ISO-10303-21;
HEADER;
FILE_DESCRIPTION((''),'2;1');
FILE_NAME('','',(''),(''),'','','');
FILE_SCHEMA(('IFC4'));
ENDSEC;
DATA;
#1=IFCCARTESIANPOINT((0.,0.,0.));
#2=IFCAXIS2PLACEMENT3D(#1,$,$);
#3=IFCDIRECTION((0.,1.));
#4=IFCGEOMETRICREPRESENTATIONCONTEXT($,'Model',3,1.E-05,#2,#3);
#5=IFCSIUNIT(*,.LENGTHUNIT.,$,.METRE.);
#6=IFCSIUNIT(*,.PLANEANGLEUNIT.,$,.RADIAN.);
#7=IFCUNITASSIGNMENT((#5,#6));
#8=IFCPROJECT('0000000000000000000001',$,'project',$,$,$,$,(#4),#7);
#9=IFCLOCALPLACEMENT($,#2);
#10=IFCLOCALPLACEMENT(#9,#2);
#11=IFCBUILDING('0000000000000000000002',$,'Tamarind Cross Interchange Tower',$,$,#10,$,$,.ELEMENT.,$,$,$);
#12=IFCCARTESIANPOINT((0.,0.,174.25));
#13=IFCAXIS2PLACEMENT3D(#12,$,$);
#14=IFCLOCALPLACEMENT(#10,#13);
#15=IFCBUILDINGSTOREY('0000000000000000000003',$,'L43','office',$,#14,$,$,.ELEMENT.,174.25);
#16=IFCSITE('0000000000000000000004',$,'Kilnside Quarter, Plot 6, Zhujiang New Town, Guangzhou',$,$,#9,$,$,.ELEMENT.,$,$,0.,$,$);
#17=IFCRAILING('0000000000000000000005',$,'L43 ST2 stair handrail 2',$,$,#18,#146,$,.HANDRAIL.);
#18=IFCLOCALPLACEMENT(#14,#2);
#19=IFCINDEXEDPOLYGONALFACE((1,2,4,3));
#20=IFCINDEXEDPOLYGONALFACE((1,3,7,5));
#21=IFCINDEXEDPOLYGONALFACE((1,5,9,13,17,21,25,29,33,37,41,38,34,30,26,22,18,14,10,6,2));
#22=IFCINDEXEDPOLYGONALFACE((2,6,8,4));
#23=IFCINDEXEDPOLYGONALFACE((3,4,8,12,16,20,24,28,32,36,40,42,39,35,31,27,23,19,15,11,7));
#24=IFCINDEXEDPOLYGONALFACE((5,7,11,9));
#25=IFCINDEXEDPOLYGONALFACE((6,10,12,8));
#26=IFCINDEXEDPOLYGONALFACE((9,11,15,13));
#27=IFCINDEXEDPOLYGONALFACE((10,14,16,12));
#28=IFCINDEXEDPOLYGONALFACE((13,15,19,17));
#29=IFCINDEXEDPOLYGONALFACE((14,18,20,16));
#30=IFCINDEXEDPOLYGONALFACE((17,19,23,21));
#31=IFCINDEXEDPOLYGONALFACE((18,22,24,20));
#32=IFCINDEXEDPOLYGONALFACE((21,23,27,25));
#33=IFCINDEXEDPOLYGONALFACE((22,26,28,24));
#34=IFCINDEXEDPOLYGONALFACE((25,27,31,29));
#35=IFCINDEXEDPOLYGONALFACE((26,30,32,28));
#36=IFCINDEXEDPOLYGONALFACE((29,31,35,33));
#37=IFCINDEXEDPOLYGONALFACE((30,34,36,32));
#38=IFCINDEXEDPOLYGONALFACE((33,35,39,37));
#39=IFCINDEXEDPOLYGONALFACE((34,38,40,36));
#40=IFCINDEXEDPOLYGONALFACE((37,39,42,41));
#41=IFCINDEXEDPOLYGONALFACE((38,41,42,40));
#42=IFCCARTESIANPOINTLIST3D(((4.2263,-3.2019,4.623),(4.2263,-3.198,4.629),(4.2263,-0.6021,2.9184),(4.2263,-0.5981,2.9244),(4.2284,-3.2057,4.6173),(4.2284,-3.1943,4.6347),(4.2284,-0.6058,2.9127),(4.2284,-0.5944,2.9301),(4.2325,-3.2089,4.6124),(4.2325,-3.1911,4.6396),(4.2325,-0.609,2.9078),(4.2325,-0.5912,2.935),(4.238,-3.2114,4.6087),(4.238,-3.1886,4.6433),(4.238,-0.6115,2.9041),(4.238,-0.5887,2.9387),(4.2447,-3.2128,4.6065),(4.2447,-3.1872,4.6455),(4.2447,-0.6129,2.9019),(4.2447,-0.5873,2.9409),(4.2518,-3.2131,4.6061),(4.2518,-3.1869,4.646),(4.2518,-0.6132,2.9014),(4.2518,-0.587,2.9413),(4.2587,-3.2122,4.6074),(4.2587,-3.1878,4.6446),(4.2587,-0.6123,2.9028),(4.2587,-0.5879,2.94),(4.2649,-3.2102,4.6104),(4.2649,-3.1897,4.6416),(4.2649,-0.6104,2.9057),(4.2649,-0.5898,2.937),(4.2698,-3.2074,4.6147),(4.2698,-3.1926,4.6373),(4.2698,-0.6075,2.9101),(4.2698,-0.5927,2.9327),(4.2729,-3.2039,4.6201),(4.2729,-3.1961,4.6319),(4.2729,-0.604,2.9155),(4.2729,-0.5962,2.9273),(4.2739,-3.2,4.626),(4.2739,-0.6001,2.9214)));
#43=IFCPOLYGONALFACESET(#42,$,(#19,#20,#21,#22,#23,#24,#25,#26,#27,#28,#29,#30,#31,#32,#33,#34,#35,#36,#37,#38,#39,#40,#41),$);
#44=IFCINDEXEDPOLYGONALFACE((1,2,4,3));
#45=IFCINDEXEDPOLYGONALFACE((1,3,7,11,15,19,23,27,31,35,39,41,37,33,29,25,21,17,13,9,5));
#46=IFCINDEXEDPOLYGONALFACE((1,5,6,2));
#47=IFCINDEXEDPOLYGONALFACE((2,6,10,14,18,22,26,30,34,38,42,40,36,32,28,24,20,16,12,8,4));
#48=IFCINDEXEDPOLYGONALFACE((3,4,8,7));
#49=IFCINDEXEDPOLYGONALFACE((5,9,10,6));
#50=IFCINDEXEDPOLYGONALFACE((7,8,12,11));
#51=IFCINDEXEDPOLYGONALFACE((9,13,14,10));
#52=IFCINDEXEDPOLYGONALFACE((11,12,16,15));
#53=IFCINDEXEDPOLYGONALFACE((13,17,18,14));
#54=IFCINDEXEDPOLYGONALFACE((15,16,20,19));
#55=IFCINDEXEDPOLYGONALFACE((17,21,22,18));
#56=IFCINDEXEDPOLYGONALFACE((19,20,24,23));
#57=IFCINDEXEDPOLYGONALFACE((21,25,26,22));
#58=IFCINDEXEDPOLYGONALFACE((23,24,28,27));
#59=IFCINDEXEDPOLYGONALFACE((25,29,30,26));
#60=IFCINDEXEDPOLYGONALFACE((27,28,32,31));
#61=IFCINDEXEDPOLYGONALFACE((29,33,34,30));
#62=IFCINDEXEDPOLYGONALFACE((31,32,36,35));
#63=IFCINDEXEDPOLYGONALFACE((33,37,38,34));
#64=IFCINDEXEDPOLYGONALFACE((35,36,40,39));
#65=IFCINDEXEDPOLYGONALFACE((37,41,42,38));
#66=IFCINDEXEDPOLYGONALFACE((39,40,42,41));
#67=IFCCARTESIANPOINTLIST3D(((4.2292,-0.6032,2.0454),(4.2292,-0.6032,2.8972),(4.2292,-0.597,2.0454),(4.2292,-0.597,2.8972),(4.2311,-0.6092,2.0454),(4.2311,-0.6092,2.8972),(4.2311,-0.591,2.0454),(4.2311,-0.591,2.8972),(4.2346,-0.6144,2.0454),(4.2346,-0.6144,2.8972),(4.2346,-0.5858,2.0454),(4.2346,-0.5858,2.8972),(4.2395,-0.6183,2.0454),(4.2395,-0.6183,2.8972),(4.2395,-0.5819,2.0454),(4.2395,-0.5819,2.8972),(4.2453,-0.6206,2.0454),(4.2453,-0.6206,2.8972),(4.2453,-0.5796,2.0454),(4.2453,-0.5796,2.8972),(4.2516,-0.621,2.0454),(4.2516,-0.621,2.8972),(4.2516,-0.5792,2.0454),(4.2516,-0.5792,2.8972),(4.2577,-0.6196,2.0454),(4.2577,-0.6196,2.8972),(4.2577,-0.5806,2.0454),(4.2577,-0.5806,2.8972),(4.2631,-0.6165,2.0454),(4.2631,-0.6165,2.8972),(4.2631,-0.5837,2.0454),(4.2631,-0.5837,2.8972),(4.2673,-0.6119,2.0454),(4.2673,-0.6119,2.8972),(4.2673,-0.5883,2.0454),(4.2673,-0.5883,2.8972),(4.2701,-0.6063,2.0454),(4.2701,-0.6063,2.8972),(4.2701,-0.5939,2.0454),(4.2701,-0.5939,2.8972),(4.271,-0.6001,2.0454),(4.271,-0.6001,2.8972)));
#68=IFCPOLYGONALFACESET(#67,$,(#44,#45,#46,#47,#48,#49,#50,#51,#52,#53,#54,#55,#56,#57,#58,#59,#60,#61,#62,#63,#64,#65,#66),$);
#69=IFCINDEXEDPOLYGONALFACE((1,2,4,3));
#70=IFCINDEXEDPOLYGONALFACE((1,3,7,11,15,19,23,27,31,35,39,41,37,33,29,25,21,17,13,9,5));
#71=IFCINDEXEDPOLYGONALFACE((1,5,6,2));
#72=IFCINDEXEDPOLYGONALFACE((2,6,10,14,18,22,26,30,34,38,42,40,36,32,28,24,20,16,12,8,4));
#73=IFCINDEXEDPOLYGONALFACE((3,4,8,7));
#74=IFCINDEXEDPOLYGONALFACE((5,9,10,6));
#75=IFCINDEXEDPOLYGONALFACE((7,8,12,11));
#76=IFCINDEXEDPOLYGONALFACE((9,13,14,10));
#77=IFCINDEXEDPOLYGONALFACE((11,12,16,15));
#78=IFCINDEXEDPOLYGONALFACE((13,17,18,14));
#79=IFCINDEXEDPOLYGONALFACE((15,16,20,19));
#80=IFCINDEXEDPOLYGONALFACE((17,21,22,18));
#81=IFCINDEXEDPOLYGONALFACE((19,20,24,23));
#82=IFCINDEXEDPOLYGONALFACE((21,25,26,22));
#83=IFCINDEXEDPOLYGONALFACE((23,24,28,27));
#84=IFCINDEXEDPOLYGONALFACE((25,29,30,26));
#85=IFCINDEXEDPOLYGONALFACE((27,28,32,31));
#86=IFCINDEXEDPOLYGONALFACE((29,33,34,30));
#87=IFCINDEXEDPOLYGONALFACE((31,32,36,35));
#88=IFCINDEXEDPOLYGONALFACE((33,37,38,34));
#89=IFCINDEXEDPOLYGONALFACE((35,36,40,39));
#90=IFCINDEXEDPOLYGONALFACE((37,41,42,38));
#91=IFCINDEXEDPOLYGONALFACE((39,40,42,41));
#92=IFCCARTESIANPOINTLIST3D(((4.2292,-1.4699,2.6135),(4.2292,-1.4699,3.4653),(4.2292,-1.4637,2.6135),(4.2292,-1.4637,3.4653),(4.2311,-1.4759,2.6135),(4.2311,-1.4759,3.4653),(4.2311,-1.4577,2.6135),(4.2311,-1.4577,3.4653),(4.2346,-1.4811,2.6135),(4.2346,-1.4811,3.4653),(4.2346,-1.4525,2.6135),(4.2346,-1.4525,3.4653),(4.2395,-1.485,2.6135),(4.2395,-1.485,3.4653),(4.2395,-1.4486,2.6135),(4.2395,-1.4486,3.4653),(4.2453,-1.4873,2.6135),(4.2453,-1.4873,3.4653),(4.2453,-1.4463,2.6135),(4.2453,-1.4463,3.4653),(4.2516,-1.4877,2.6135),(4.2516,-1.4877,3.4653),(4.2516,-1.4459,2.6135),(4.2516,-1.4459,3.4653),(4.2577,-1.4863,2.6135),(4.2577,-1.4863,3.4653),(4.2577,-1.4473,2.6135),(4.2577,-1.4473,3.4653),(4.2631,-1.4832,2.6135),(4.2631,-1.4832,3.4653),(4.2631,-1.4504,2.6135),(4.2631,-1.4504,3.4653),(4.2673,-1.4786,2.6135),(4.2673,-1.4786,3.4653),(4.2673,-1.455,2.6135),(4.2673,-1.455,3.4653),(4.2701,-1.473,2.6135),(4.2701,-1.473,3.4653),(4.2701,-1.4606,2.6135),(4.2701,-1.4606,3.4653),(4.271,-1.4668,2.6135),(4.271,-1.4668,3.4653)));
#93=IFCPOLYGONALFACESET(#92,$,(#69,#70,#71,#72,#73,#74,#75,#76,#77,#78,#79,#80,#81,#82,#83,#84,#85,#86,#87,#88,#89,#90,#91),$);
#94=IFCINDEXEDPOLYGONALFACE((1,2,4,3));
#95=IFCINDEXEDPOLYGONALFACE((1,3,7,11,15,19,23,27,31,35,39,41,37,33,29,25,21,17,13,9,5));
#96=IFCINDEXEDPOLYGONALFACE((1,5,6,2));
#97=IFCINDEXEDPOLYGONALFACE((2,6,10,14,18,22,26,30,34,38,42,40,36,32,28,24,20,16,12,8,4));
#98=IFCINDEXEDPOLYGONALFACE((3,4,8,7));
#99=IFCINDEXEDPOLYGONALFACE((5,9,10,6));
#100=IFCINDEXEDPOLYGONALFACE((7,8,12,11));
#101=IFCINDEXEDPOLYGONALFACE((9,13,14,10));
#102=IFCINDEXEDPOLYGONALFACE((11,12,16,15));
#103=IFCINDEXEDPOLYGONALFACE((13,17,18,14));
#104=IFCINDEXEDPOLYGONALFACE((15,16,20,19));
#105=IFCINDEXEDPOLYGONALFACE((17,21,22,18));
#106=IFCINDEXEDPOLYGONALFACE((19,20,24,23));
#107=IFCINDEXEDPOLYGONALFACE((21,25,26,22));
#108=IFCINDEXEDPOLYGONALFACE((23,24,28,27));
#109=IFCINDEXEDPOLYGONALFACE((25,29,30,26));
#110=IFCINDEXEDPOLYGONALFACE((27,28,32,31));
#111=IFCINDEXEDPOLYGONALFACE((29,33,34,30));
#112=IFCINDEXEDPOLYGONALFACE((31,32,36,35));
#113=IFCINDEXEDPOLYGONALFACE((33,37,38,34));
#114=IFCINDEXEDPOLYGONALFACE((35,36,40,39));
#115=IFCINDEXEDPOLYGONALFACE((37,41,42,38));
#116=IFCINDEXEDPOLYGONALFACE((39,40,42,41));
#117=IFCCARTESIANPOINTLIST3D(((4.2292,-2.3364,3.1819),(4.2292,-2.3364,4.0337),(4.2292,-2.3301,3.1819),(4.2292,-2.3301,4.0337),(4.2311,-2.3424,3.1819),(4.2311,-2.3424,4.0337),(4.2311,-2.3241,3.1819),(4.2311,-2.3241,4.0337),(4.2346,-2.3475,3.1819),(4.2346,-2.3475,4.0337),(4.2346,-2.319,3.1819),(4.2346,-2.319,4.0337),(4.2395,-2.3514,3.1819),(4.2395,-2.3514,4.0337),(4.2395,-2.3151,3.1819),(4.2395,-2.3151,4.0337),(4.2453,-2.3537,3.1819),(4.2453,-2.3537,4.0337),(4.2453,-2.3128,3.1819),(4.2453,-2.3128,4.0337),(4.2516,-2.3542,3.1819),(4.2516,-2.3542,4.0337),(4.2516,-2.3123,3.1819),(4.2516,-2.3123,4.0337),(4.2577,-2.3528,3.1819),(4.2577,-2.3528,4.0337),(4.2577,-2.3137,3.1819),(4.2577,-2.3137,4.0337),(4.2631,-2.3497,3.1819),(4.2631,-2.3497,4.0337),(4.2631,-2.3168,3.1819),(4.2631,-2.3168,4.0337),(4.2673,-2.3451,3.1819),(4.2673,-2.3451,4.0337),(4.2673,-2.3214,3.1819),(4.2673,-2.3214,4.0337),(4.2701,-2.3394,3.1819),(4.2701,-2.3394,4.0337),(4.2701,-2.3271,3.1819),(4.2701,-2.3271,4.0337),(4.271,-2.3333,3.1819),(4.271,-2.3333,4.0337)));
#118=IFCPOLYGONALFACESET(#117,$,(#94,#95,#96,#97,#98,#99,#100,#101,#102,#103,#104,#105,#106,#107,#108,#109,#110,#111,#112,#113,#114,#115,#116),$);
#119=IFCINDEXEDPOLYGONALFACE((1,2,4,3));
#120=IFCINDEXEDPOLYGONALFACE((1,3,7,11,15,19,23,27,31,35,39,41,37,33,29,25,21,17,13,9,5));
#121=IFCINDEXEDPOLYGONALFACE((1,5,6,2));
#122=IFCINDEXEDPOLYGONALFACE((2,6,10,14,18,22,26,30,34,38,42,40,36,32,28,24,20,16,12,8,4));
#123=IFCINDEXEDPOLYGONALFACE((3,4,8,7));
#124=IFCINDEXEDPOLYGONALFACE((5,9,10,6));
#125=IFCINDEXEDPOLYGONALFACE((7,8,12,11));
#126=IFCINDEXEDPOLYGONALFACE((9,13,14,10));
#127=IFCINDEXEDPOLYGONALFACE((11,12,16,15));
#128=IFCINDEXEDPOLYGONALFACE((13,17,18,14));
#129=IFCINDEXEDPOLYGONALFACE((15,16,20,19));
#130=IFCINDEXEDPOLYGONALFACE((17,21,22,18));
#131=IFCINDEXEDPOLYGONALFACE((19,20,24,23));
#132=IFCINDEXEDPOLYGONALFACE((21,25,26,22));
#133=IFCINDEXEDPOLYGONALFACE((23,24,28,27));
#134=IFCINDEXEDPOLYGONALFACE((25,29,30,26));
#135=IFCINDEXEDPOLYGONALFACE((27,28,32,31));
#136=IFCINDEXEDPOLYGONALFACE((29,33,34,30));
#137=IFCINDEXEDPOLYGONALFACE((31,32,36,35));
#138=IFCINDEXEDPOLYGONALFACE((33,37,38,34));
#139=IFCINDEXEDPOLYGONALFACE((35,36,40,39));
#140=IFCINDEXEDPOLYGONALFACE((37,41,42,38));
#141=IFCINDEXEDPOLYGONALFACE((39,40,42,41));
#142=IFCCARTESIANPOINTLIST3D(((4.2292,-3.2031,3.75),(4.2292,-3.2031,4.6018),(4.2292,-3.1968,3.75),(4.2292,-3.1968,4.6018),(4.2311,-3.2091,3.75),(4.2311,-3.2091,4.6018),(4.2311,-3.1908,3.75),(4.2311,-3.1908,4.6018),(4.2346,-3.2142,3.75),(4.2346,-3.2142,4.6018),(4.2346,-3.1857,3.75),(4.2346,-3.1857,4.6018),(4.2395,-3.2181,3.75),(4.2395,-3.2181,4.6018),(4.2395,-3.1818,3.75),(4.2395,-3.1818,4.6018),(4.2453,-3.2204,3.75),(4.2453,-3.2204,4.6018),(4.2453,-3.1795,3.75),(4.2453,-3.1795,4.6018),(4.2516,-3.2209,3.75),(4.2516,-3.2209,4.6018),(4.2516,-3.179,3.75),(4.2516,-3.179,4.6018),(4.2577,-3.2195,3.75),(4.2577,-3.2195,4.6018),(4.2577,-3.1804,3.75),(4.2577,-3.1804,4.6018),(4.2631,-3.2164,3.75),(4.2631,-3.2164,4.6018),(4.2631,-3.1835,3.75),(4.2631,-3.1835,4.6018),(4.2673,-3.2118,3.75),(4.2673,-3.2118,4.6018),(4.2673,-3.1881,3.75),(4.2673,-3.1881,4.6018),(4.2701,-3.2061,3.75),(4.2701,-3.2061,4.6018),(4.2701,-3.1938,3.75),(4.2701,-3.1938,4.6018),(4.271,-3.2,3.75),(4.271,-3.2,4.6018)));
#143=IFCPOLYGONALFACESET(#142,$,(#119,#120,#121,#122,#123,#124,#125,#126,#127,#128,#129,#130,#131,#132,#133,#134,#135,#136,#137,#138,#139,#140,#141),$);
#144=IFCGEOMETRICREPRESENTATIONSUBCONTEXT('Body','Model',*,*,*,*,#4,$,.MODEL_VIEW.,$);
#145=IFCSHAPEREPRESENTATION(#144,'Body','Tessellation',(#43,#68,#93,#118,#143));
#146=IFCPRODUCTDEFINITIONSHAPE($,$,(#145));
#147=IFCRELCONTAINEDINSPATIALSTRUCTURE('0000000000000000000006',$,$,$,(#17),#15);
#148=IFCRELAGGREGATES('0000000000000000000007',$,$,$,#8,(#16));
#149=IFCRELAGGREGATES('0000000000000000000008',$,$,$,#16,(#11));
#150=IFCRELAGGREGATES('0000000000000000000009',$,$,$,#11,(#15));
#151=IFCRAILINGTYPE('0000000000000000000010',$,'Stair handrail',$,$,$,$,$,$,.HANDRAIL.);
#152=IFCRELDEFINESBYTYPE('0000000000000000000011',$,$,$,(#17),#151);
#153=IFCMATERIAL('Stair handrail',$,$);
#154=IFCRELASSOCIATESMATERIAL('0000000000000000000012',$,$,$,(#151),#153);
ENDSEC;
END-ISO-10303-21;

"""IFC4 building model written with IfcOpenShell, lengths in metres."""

from ifc_helpers import new_model, si_unit, direction, frame, origin, origin_2d, place, context, subcontext, project, spatial, circle, extrude, material, type_object, element, save


model = new_model("IFC4")

# Units and contexts
model_context = context("Model", 3, precision=1e-05, world=origin(), true_north=direction((0.0, 1.0)))
body_context = subcontext(model_context, "Body", "Model", "MODEL_VIEW")
ifc_project = project(units=[si_unit("LENGTHUNIT", "METRE"), si_unit("PLANEANGLEUNIT", "RADIAN")], contexts=[model_context])

# Site, building, storey
site_placement = place(None, origin())
site = spatial("IfcSite", under=ifc_project, at=site_placement, Name="Kilnside Quarter, Plot 6, Zhujiang New Town, Guangzhou", CompositionType="ELEMENT", RefElevation=0.0)
building_placement = place(site_placement, origin())
building = spatial("IfcBuilding", under=site, at=building_placement, Name="Tamarind Cross Interchange Tower", CompositionType="ELEMENT")
storey_placement = place(building_placement, frame((0.0, 0.0, 174.25)))
storey = spatial("IfcBuildingStorey", under=building, at=storey_placement, Name="L43", Description="office", CompositionType="ELEMENT", Elevation=174.25)

# Railing
ifc_material_1 = material(Name="Stair handrail")
railing_type_1 = type_object("IfcRailingType", Name="Stair handrail", PredefinedType="HANDRAIL", material=ifc_material_1)
railing_1_placement = place(storey_placement, frame((4.25, -0.6001, 2.0454)))
element("IfcRailing", 1, at=railing_1_placement, inside=storey, type_object=railing_type_1, Name="L43 ST2 stair handrail 2", PredefinedType="HANDRAIL", context=body_context, shape_type="SweptSolid", body=[
    extrude(circle(Radius=0.0239, at=origin_2d()), frame((0.0, 0.0, 0.876), z_axis=(0.0, -0.836279, 0.548305), x_axis=(1.0, 0.0, 0.0)), (0.0, 0.0, 1.0), 3.1089),
    extrude(circle(Radius=0.021, at=origin_2d()), origin(), (0.0, 0.0, 1.0), 0.8518),
    extrude(circle(Radius=0.021, at=origin_2d()), frame((0.0, -0.8667, 0.5681)), (0.0, 0.0, 1.0), 0.8518),
    extrude(circle(Radius=0.021, at=origin_2d()), frame((0.0, -1.7332, 1.1365)), (0.0, 0.0, 1.0), 0.8518),
    extrude(circle(Radius=0.021, at=origin_2d()), frame((0.0, -2.5999, 1.7046)), (0.0, 0.0, 1.0), 0.8518),
])

save(model, "model.ifc")
